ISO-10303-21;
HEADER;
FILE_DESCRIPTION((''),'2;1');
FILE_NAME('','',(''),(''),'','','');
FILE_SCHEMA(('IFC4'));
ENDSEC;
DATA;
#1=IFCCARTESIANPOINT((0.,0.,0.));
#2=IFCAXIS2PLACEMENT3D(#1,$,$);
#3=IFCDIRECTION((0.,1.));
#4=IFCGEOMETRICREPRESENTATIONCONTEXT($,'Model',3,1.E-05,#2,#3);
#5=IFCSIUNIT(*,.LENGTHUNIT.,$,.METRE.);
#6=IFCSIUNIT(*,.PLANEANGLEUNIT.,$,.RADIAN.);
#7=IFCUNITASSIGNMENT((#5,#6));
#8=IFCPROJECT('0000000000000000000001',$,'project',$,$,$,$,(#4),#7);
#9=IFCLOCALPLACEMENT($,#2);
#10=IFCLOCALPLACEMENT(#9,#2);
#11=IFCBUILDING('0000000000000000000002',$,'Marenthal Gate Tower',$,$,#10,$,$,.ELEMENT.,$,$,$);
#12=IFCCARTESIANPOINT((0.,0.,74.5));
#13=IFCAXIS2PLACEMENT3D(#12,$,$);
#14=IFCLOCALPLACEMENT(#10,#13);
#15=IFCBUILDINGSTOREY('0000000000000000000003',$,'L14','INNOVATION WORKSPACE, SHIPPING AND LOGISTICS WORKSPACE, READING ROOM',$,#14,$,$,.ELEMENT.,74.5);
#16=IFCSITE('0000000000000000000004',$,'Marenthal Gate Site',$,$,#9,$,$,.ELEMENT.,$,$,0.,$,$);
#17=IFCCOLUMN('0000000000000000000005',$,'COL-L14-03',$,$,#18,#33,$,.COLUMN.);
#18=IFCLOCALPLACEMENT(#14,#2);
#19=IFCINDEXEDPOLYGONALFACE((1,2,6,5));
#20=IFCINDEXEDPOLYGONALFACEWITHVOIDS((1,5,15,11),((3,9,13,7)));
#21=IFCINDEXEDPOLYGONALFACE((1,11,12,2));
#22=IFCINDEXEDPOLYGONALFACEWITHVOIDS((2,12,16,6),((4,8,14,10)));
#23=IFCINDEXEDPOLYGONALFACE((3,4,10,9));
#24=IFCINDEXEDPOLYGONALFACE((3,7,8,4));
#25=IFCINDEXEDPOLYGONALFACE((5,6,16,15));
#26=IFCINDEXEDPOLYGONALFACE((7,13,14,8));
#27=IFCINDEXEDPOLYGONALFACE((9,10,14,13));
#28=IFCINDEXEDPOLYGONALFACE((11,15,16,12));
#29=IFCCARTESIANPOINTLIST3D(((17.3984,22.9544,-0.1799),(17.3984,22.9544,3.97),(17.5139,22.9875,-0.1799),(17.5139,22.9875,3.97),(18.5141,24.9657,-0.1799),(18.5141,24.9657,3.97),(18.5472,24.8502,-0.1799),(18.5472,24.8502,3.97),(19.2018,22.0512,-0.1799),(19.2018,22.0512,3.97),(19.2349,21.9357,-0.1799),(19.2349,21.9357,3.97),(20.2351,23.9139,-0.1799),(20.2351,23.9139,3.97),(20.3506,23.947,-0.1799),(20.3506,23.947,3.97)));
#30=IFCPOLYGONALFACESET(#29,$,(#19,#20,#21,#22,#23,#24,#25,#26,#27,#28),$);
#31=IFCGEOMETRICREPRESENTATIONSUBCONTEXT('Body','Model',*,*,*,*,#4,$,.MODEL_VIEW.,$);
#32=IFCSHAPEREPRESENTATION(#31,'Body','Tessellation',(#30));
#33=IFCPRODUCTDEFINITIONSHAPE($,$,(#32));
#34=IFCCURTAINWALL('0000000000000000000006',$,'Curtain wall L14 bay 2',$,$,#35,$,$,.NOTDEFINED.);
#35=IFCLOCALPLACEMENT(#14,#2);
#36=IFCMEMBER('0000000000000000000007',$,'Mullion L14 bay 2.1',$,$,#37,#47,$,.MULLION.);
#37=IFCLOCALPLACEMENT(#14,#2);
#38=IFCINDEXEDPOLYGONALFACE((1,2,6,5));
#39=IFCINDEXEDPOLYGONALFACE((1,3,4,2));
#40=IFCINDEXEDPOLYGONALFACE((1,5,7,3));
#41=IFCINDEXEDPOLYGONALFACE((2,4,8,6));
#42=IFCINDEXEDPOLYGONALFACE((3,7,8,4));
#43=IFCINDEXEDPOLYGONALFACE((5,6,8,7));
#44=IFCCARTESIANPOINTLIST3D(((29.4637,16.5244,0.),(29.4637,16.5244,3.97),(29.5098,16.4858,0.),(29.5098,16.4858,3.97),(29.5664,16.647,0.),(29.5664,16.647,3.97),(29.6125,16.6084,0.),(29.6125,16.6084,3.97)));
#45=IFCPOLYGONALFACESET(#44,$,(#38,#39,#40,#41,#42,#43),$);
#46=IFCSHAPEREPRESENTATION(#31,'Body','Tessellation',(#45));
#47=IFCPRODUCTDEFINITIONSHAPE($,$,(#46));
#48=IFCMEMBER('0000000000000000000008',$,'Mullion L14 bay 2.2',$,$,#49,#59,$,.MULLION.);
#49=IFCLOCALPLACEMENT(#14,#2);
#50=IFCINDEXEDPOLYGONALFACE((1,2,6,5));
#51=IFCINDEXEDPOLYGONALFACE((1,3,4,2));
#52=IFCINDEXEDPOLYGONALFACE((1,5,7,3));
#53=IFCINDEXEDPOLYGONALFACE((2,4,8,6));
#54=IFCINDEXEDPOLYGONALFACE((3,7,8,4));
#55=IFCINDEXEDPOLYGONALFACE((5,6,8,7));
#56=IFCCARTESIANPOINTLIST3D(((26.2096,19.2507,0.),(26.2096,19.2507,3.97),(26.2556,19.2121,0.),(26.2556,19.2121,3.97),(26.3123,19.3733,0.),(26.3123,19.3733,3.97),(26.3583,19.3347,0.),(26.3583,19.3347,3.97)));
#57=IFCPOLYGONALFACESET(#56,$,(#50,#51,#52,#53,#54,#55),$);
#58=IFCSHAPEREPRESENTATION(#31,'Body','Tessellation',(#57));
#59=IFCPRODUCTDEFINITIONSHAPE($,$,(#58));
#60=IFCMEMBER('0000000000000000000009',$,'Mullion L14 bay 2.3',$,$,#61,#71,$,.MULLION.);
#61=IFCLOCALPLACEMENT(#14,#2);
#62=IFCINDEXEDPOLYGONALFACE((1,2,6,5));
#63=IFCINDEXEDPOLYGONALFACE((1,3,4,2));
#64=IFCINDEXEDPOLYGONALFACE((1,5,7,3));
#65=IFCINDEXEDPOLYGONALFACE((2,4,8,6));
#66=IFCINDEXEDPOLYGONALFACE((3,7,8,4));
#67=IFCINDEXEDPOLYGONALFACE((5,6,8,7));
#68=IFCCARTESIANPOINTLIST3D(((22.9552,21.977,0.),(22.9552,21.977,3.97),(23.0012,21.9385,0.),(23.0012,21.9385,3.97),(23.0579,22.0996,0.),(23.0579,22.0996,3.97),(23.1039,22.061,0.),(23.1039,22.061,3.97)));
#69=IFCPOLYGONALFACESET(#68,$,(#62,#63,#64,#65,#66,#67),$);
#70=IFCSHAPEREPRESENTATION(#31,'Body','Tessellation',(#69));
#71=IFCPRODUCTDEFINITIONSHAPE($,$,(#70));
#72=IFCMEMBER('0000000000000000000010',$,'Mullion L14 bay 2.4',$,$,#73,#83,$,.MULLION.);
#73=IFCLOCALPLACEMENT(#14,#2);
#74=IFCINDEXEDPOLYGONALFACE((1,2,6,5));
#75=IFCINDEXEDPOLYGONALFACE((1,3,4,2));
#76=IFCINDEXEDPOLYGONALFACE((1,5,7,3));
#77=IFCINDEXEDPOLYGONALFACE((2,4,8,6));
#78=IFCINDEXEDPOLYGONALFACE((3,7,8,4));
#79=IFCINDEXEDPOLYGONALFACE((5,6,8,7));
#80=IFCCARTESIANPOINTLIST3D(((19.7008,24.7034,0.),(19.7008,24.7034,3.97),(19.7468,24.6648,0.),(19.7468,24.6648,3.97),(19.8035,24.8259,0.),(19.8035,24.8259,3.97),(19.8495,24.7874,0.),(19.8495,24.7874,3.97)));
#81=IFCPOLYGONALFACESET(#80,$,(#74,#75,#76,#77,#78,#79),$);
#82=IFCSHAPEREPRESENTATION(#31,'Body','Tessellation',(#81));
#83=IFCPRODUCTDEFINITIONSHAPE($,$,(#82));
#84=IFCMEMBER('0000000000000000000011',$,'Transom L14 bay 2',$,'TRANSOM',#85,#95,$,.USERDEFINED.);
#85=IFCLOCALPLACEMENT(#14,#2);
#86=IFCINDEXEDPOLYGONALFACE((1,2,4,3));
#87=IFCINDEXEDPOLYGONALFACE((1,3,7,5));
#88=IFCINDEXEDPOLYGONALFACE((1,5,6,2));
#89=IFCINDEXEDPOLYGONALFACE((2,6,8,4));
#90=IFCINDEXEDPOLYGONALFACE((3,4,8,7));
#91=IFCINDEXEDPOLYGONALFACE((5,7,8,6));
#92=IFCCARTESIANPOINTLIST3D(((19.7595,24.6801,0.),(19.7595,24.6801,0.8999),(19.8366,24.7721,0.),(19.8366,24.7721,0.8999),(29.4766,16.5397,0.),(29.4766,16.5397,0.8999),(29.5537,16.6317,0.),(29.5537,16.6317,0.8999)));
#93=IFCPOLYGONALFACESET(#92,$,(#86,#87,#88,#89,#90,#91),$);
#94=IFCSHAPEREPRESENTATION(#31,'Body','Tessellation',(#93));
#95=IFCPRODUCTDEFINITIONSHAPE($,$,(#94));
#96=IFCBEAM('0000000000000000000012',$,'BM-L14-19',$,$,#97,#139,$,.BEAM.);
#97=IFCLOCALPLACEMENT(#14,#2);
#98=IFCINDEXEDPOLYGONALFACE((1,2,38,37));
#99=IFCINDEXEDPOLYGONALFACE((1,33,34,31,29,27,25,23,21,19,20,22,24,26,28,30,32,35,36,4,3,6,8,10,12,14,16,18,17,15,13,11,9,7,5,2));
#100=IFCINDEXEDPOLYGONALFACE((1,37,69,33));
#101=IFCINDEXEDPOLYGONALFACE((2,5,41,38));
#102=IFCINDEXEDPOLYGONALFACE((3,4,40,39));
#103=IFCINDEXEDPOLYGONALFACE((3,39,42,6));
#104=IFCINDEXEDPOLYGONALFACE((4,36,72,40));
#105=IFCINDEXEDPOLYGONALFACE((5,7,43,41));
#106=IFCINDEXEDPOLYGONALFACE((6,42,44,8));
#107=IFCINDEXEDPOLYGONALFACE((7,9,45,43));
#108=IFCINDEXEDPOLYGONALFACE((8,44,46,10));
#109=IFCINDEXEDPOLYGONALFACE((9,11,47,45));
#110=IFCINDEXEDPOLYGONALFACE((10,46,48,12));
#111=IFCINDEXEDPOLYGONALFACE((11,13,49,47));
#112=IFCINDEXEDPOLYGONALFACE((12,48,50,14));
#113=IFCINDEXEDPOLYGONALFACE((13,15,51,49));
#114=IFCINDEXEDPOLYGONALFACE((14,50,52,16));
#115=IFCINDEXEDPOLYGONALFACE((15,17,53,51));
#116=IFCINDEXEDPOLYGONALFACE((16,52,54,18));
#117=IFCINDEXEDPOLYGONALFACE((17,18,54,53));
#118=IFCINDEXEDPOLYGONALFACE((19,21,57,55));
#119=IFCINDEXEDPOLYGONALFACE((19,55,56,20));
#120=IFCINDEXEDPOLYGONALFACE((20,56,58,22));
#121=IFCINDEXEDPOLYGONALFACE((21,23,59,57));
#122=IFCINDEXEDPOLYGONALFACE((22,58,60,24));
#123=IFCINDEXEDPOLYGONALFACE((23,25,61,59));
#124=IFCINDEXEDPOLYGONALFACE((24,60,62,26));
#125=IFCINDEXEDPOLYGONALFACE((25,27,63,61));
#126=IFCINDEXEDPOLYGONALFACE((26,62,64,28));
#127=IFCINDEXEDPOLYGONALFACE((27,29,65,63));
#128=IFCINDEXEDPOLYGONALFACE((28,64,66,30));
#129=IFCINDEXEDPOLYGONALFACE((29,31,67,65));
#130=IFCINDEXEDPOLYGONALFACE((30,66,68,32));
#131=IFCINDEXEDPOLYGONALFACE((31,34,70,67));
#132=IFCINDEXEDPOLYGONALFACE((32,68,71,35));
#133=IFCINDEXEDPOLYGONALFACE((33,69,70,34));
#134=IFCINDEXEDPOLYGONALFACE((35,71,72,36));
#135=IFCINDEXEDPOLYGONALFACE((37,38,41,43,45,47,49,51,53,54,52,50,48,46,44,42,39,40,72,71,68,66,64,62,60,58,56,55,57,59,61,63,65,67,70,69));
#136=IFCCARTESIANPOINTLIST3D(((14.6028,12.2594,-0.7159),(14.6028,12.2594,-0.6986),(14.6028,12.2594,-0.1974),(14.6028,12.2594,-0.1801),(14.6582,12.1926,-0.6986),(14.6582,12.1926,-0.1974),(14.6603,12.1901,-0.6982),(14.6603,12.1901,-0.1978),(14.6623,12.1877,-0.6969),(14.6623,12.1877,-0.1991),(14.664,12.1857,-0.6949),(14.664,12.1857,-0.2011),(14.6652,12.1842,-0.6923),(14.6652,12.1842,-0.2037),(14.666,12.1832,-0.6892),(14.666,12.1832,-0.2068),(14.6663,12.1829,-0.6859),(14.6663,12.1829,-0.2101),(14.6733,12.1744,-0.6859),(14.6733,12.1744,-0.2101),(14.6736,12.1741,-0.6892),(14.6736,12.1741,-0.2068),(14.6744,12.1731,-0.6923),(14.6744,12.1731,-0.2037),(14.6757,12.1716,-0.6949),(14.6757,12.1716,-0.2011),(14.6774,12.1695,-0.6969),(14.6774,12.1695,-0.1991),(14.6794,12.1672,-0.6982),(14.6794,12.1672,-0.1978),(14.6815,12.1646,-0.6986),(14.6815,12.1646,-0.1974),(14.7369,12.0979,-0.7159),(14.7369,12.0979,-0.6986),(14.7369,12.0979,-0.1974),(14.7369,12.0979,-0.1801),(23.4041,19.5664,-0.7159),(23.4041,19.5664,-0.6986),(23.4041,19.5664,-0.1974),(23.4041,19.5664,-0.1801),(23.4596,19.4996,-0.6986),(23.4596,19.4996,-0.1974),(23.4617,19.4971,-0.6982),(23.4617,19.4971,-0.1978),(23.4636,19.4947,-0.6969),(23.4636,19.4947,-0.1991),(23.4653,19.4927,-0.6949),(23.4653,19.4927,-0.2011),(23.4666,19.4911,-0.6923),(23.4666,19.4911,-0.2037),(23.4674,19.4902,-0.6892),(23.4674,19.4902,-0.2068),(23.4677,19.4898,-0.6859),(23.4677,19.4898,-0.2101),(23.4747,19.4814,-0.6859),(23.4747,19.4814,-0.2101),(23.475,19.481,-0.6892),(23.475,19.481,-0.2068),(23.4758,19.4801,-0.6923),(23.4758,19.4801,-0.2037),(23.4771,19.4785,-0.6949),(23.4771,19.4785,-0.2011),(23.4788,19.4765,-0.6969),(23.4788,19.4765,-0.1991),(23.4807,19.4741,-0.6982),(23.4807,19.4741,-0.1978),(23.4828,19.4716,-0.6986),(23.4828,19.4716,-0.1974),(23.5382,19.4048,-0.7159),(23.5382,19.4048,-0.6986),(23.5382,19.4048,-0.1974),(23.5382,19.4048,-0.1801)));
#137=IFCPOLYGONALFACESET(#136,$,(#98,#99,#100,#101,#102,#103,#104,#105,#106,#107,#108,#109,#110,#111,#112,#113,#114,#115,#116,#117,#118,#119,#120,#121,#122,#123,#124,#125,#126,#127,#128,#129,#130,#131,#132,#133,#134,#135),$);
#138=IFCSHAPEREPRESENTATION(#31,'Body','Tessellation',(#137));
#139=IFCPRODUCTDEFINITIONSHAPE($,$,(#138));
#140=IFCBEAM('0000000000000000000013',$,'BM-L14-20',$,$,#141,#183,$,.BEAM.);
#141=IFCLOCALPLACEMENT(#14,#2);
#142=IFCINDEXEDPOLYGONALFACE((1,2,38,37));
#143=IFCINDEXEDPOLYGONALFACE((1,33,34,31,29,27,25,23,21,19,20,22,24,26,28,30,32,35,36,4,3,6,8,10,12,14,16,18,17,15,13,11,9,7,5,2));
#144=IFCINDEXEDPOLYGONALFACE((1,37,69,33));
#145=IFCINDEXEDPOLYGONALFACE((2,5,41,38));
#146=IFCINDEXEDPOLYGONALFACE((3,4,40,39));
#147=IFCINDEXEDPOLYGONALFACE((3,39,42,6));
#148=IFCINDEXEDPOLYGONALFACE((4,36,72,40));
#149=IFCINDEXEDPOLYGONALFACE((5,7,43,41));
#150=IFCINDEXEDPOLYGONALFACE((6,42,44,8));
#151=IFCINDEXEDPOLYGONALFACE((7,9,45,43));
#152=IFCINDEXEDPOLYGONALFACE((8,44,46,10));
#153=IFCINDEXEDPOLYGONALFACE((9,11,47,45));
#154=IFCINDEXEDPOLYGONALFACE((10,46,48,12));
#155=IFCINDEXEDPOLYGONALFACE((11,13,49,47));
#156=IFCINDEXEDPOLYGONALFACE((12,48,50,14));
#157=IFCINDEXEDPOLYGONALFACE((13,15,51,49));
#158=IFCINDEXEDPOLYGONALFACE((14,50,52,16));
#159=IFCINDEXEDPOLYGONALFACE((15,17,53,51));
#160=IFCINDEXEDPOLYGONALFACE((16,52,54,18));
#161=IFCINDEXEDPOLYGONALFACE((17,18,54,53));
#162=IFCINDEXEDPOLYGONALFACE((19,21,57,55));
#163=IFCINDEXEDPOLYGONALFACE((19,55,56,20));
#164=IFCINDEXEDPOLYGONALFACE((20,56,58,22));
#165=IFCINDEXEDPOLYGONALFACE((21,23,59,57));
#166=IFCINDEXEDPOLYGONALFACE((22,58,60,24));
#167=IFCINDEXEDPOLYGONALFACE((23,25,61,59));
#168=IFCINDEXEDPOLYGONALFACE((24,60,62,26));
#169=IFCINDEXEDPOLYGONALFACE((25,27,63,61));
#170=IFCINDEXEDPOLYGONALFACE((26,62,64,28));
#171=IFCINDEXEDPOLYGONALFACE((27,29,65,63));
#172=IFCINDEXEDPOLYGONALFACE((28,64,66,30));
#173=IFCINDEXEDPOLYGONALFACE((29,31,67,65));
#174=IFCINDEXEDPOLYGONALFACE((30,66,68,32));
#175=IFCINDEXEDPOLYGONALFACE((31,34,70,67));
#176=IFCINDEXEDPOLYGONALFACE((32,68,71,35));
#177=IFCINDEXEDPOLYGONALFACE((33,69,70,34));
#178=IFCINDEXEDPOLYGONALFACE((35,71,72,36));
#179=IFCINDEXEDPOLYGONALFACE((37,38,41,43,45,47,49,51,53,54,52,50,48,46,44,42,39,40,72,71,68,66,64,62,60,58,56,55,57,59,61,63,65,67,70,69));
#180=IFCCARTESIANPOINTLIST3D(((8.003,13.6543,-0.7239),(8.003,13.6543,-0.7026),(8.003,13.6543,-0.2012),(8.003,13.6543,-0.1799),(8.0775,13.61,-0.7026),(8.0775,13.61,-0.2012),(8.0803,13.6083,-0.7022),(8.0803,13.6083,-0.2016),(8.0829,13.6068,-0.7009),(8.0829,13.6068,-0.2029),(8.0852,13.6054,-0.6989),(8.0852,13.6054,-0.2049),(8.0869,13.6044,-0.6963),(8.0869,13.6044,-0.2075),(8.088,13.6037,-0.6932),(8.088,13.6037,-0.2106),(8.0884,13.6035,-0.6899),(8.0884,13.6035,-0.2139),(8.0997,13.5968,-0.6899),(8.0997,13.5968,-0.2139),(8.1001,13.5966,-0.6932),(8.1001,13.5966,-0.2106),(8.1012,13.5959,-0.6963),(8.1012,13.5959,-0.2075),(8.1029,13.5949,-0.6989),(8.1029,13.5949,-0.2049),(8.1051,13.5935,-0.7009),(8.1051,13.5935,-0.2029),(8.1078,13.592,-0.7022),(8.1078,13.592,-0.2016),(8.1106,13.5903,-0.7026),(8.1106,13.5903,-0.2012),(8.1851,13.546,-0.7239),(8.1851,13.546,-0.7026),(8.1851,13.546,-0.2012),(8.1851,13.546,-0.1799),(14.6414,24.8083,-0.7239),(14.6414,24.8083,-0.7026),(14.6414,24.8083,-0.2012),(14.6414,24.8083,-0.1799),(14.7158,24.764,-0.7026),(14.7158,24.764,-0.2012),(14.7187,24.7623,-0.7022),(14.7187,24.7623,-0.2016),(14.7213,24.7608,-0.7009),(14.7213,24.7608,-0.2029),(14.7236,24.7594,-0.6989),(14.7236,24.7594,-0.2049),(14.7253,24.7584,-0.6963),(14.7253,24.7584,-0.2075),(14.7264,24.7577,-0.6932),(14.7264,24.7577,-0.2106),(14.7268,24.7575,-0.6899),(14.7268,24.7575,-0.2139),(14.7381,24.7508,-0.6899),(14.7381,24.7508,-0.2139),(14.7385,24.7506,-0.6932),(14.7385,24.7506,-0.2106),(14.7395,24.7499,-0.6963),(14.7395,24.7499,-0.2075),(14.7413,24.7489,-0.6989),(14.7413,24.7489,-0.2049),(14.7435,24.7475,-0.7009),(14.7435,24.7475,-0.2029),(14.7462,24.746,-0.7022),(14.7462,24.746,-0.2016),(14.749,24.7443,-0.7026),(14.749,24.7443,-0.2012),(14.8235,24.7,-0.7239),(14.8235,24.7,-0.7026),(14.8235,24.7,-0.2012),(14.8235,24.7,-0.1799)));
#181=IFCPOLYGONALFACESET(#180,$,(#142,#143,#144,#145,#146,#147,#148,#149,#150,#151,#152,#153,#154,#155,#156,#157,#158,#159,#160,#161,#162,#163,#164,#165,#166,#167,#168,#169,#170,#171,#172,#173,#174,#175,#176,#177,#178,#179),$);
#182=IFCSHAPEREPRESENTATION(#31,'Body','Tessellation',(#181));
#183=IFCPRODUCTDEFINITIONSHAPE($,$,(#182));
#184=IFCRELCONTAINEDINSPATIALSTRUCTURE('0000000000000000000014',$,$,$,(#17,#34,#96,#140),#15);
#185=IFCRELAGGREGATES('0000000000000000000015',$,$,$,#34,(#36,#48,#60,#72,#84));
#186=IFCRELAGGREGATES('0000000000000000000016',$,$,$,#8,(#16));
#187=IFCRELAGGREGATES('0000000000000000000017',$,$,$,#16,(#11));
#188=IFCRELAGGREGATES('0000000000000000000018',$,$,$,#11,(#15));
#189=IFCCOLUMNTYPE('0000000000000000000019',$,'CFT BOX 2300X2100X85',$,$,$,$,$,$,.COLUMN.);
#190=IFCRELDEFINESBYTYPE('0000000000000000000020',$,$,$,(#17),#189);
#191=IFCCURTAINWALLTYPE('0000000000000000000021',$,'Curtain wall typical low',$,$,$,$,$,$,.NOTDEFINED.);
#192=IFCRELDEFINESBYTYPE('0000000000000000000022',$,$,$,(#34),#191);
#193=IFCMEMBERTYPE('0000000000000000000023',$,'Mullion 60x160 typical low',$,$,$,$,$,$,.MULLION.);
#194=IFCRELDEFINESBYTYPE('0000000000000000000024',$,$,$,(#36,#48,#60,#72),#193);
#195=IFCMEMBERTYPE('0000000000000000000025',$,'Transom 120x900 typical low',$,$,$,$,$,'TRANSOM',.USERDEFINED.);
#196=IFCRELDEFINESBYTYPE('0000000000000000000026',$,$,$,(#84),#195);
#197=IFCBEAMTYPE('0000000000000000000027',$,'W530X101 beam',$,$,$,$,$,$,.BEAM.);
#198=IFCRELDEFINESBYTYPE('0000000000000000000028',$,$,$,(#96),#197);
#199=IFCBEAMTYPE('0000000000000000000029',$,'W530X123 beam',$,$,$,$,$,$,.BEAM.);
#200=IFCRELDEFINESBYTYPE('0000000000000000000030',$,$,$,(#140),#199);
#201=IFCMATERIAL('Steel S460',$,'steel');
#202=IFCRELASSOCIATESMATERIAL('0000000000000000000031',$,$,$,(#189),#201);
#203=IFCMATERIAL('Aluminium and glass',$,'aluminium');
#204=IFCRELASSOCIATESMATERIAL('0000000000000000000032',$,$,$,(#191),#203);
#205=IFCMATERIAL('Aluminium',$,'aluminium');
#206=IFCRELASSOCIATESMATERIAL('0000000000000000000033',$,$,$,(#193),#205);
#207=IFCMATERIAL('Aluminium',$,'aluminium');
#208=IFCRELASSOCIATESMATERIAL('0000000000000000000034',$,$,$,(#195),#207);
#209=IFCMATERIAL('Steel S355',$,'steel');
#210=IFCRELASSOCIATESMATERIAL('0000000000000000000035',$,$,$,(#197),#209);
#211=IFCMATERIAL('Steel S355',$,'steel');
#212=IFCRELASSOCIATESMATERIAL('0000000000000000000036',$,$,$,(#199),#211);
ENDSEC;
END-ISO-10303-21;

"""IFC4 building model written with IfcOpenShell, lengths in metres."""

from ifc_helpers import new_model, si_unit, direction, frame, origin, origin_2d, place, context, subcontext, project, spatial, rectangle, hollow_rectangle, i_section, extrude, material, material_profile, profile_set, type_object, element, aggregate, save


model = new_model("IFC4")

# Units and contexts
model_context = context("Model", 3, precision=1e-05, world=origin(), true_north=direction((0.0, 1.0)))
body_context = subcontext(model_context, "Body", "Model", "MODEL_VIEW")
ifc_project = project(units=[si_unit("LENGTHUNIT", "METRE"), si_unit("PLANEANGLEUNIT", "RADIAN")], contexts=[model_context])

# Site, building, storey
site_placement = place(None, origin())
site = spatial("IfcSite", under=ifc_project, at=site_placement, Name="Marenthal Gate Site", CompositionType="ELEMENT", RefElevation=0.0)
building_placement = place(site_placement, origin())
building = spatial("IfcBuilding", under=site, at=building_placement, Name="Marenthal Gate Tower", CompositionType="ELEMENT")
storey_placement = place(building_placement, frame((0.0, 0.0, 74.5)))
storey = spatial("IfcBuildingStorey", under=building, at=storey_placement, Name="L14", Description="INNOVATION WORKSPACE, SHIPPING AND LOGISTICS WORKSPACE, READING ROOM", CompositionType="ELEMENT", Elevation=74.5)

# Column
ifc_material_1 = material(Name="Steel S460", Category="steel")
ifc_material_profile_1 = material_profile(ifc_material_1, hollow_rectangle(XDim=2.1001, YDim=2.3, WallThickness=0.085, at=origin_2d()), Name="CFT BOX 2300X2100X85")
ifc_material_2 = material(Name="Concrete 70 MPa", Category="concrete")
ifc_material_profile_2 = material_profile(ifc_material_2, rectangle(XDim=1.9299, YDim=2.1299, at=origin_2d()), Name="CFT BOX 2300X2100X85 INFILL")
ifc_profile_set_1 = profile_set([ifc_material_profile_1, ifc_material_profile_2], Name="Steel S460 shell, Concrete 70 MPa infill")
column_type = type_object("IfcColumnType", Name="CFT BOX 2300X2100X85", PredefinedType="COLUMN", material=ifc_profile_set_1)
column_placement = place(storey_placement, frame((18.8745, 23.4507, -0.1799), z_axis=(0.0, 0.0, 1.0), x_axis=(0.874469, -0.485081, 0.0)))
element("IfcColumn", 1, at=column_placement, inside=storey, type_object=column_type, Name="COL-L14-03", PredefinedType="COLUMN", context=body_context, shape_type="SweptSolid", body=[
    extrude(hollow_rectangle(XDim=2.1001, YDim=2.3, WallThickness=0.085, at=origin_2d()), origin(), (0.0, 0.0, 1.0), 4.1499),
])

# Curtain wall, members
ifc_material_3 = material(Name="Aluminium and glass", Category="aluminium")
curtain_wall_type = type_object("IfcCurtainWallType", Name="Curtain wall typical low", PredefinedType="NOTDEFINED", material=ifc_material_3)
curtain_wall_placement = place(storey_placement, origin())
curtain_wall = element("IfcCurtainWall", 2, at=curtain_wall_placement, inside=storey, type_object=curtain_wall_type, Name="Curtain wall L14 bay 2", PredefinedType="NOTDEFINED")
ifc_material_4 = material(Name="Aluminium", Category="aluminium")
ifc_material_profile_3 = material_profile(ifc_material_4, rectangle(XDim=0.1599, YDim=0.0601, at=origin_2d()), Name="60x160 aluminium mullion")
ifc_profile_set_2 = profile_set([ifc_material_profile_3], Name="Aluminium")
member_type_1 = type_object("IfcMemberType", Name="Mullion 60x160 typical low", PredefinedType="MULLION", material=ifc_profile_set_2)
member_1_placement = place(storey_placement, frame((29.5381, 16.5664, 0.0), z_axis=(0.0, 0.0, 1.0), x_axis=(-0.642176, -0.766557, 0.0)))
member_1 = element("IfcMember", 3, at=member_1_placement, type_object=member_type_1, Name="Mullion L14 bay 2.1", PredefinedType="MULLION", context=body_context, shape_type="SweptSolid", body=[
    extrude(rectangle(XDim=0.1599, YDim=0.0601, at=origin_2d()), origin(), (0.0, 0.0, 1.0), 3.97),
])
member_2_placement = place(storey_placement, frame((26.2839, 19.2927, 0.0), z_axis=(0.0, 0.0, 1.0), x_axis=(-0.642176, -0.766557, 0.0)))
member_2 = element("IfcMember", 4, at=member_2_placement, type_object=member_type_1, Name="Mullion L14 bay 2.2", PredefinedType="MULLION", context=body_context, shape_type="SweptSolid", body=[
    extrude(rectangle(XDim=0.1599, YDim=0.0601, at=origin_2d()), origin(), (0.0, 0.0, 1.0), 3.97),
])
member_3_placement = place(storey_placement, frame((23.0295, 22.019, 0.0), z_axis=(0.0, 0.0, 1.0), x_axis=(-0.642176, -0.766557, 0.0)))
member_3 = element("IfcMember", 5, at=member_3_placement, type_object=member_type_1, Name="Mullion L14 bay 2.3", PredefinedType="MULLION", context=body_context, shape_type="SweptSolid", body=[
    extrude(rectangle(XDim=0.1599, YDim=0.0601, at=origin_2d()), origin(), (0.0, 0.0, 1.0), 3.97),
])
member_4_placement = place(storey_placement, frame((19.7751, 24.7454, 0.0), z_axis=(0.0, 0.0, 1.0), x_axis=(-0.642176, -0.766557, 0.0)))
member_4 = element("IfcMember", 6, at=member_4_placement, type_object=member_type_1, Name="Mullion L14 bay 2.4", PredefinedType="MULLION", context=body_context, shape_type="SweptSolid", body=[
    extrude(rectangle(XDim=0.1599, YDim=0.0601, at=origin_2d()), origin(), (0.0, 0.0, 1.0), 3.97),
])
ifc_material_5 = material(Name="Aluminium", Category="aluminium")
ifc_material_profile_4 = material_profile(ifc_material_5, rectangle(XDim=0.1201, YDim=0.8999, at=origin_2d()), Name="120x900 aluminium transom")
ifc_profile_set_3 = profile_set([ifc_material_profile_4], Name="Aluminium")
member_type_2 = type_object("IfcMemberType", Name="Transom 120x900 typical low", ElementType="TRANSOM", PredefinedType="USERDEFINED", material=ifc_profile_set_3)
member_5_placement = place(storey_placement, frame((29.5151, 16.5857, 0.45), z_axis=(-0.766556, 0.642177, 0.0), x_axis=(-0.642177, -0.766556, 0.0)))
member_5 = element("IfcMember", 7, at=member_5_placement, type_object=member_type_2, Name="Transom L14 bay 2", ObjectType="TRANSOM", PredefinedType="USERDEFINED", context=body_context, shape_type="SweptSolid", body=[
    extrude(rectangle(XDim=0.1201, YDim=0.8999, at=origin_2d()), origin(), (0.0, 0.0, 1.0), 12.6763),
])

# Beams
ifc_material_6 = material(Name="Steel S355", Category="steel")
ifc_material_profile_5 = material_profile(ifc_material_6, i_section(OverallWidth=0.21, OverallDepth=0.5359, WebThickness=0.011, FlangeThickness=0.0173, FilletRadius=0.0127, at=origin_2d()), Name="W530X101")
ifc_profile_set_4 = profile_set([ifc_material_profile_5], Name="Steel S355")
beam_type_1 = type_object("IfcBeamType", Name="W530X101 beam", PredefinedType="BEAM", material=ifc_profile_set_4)
beam_1_placement = place(storey_placement, frame((23.4712, 19.4856, -0.448), z_axis=(-0.769403, -0.638764, 0.0), x_axis=(0.638764, -0.769403, 0.0)))
element("IfcBeam", 8, at=beam_1_placement, inside=storey, type_object=beam_type_1, Name="BM-L14-19", PredefinedType="BEAM", context=body_context, shape_type="SweptSolid", body=[
    extrude(i_section(OverallWidth=0.21, OverallDepth=0.5359, WebThickness=0.011, FlangeThickness=0.0173, FilletRadius=0.0127, at=origin_2d()), origin(), (0.0, 0.0, 1.0), 11.4392),
])
ifc_material_7 = material(Name="Steel S355", Category="steel")
ifc_material_profile_6 = material_profile(ifc_material_7, i_section(OverallWidth=0.2119, OverallDepth=0.5439, WebThickness=0.0132, FlangeThickness=0.0212, FilletRadius=0.0127, at=origin_2d()), Name="W530X123")
ifc_profile_set_5 = profile_set([ifc_material_profile_6], Name="Steel S355")
beam_type_2 = type_object("IfcBeamType", Name="W530X123 beam", PredefinedType="BEAM", material=ifc_profile_set_5)
beam_2_placement = place(storey_placement, frame((14.7324, 24.7542, -0.4519), z_axis=(-0.511433, -0.859323, 0.0), x_axis=(0.859323, -0.511433, 0.0)))
element("IfcBeam", 9, at=beam_2_placement, inside=storey, type_object=beam_type_2, Name="BM-L14-20", PredefinedType="BEAM", context=body_context, shape_type="SweptSolid", body=[
    extrude(i_section(OverallWidth=0.2119, OverallDepth=0.5439, WebThickness=0.0132, FlangeThickness=0.0212, FilletRadius=0.0127, at=origin_2d()), origin(), (0.0, 0.0, 1.0), 12.98),
])

aggregate(curtain_wall, [member_1, member_2, member_3, member_4, member_5])

save(model, "model.ifc")
